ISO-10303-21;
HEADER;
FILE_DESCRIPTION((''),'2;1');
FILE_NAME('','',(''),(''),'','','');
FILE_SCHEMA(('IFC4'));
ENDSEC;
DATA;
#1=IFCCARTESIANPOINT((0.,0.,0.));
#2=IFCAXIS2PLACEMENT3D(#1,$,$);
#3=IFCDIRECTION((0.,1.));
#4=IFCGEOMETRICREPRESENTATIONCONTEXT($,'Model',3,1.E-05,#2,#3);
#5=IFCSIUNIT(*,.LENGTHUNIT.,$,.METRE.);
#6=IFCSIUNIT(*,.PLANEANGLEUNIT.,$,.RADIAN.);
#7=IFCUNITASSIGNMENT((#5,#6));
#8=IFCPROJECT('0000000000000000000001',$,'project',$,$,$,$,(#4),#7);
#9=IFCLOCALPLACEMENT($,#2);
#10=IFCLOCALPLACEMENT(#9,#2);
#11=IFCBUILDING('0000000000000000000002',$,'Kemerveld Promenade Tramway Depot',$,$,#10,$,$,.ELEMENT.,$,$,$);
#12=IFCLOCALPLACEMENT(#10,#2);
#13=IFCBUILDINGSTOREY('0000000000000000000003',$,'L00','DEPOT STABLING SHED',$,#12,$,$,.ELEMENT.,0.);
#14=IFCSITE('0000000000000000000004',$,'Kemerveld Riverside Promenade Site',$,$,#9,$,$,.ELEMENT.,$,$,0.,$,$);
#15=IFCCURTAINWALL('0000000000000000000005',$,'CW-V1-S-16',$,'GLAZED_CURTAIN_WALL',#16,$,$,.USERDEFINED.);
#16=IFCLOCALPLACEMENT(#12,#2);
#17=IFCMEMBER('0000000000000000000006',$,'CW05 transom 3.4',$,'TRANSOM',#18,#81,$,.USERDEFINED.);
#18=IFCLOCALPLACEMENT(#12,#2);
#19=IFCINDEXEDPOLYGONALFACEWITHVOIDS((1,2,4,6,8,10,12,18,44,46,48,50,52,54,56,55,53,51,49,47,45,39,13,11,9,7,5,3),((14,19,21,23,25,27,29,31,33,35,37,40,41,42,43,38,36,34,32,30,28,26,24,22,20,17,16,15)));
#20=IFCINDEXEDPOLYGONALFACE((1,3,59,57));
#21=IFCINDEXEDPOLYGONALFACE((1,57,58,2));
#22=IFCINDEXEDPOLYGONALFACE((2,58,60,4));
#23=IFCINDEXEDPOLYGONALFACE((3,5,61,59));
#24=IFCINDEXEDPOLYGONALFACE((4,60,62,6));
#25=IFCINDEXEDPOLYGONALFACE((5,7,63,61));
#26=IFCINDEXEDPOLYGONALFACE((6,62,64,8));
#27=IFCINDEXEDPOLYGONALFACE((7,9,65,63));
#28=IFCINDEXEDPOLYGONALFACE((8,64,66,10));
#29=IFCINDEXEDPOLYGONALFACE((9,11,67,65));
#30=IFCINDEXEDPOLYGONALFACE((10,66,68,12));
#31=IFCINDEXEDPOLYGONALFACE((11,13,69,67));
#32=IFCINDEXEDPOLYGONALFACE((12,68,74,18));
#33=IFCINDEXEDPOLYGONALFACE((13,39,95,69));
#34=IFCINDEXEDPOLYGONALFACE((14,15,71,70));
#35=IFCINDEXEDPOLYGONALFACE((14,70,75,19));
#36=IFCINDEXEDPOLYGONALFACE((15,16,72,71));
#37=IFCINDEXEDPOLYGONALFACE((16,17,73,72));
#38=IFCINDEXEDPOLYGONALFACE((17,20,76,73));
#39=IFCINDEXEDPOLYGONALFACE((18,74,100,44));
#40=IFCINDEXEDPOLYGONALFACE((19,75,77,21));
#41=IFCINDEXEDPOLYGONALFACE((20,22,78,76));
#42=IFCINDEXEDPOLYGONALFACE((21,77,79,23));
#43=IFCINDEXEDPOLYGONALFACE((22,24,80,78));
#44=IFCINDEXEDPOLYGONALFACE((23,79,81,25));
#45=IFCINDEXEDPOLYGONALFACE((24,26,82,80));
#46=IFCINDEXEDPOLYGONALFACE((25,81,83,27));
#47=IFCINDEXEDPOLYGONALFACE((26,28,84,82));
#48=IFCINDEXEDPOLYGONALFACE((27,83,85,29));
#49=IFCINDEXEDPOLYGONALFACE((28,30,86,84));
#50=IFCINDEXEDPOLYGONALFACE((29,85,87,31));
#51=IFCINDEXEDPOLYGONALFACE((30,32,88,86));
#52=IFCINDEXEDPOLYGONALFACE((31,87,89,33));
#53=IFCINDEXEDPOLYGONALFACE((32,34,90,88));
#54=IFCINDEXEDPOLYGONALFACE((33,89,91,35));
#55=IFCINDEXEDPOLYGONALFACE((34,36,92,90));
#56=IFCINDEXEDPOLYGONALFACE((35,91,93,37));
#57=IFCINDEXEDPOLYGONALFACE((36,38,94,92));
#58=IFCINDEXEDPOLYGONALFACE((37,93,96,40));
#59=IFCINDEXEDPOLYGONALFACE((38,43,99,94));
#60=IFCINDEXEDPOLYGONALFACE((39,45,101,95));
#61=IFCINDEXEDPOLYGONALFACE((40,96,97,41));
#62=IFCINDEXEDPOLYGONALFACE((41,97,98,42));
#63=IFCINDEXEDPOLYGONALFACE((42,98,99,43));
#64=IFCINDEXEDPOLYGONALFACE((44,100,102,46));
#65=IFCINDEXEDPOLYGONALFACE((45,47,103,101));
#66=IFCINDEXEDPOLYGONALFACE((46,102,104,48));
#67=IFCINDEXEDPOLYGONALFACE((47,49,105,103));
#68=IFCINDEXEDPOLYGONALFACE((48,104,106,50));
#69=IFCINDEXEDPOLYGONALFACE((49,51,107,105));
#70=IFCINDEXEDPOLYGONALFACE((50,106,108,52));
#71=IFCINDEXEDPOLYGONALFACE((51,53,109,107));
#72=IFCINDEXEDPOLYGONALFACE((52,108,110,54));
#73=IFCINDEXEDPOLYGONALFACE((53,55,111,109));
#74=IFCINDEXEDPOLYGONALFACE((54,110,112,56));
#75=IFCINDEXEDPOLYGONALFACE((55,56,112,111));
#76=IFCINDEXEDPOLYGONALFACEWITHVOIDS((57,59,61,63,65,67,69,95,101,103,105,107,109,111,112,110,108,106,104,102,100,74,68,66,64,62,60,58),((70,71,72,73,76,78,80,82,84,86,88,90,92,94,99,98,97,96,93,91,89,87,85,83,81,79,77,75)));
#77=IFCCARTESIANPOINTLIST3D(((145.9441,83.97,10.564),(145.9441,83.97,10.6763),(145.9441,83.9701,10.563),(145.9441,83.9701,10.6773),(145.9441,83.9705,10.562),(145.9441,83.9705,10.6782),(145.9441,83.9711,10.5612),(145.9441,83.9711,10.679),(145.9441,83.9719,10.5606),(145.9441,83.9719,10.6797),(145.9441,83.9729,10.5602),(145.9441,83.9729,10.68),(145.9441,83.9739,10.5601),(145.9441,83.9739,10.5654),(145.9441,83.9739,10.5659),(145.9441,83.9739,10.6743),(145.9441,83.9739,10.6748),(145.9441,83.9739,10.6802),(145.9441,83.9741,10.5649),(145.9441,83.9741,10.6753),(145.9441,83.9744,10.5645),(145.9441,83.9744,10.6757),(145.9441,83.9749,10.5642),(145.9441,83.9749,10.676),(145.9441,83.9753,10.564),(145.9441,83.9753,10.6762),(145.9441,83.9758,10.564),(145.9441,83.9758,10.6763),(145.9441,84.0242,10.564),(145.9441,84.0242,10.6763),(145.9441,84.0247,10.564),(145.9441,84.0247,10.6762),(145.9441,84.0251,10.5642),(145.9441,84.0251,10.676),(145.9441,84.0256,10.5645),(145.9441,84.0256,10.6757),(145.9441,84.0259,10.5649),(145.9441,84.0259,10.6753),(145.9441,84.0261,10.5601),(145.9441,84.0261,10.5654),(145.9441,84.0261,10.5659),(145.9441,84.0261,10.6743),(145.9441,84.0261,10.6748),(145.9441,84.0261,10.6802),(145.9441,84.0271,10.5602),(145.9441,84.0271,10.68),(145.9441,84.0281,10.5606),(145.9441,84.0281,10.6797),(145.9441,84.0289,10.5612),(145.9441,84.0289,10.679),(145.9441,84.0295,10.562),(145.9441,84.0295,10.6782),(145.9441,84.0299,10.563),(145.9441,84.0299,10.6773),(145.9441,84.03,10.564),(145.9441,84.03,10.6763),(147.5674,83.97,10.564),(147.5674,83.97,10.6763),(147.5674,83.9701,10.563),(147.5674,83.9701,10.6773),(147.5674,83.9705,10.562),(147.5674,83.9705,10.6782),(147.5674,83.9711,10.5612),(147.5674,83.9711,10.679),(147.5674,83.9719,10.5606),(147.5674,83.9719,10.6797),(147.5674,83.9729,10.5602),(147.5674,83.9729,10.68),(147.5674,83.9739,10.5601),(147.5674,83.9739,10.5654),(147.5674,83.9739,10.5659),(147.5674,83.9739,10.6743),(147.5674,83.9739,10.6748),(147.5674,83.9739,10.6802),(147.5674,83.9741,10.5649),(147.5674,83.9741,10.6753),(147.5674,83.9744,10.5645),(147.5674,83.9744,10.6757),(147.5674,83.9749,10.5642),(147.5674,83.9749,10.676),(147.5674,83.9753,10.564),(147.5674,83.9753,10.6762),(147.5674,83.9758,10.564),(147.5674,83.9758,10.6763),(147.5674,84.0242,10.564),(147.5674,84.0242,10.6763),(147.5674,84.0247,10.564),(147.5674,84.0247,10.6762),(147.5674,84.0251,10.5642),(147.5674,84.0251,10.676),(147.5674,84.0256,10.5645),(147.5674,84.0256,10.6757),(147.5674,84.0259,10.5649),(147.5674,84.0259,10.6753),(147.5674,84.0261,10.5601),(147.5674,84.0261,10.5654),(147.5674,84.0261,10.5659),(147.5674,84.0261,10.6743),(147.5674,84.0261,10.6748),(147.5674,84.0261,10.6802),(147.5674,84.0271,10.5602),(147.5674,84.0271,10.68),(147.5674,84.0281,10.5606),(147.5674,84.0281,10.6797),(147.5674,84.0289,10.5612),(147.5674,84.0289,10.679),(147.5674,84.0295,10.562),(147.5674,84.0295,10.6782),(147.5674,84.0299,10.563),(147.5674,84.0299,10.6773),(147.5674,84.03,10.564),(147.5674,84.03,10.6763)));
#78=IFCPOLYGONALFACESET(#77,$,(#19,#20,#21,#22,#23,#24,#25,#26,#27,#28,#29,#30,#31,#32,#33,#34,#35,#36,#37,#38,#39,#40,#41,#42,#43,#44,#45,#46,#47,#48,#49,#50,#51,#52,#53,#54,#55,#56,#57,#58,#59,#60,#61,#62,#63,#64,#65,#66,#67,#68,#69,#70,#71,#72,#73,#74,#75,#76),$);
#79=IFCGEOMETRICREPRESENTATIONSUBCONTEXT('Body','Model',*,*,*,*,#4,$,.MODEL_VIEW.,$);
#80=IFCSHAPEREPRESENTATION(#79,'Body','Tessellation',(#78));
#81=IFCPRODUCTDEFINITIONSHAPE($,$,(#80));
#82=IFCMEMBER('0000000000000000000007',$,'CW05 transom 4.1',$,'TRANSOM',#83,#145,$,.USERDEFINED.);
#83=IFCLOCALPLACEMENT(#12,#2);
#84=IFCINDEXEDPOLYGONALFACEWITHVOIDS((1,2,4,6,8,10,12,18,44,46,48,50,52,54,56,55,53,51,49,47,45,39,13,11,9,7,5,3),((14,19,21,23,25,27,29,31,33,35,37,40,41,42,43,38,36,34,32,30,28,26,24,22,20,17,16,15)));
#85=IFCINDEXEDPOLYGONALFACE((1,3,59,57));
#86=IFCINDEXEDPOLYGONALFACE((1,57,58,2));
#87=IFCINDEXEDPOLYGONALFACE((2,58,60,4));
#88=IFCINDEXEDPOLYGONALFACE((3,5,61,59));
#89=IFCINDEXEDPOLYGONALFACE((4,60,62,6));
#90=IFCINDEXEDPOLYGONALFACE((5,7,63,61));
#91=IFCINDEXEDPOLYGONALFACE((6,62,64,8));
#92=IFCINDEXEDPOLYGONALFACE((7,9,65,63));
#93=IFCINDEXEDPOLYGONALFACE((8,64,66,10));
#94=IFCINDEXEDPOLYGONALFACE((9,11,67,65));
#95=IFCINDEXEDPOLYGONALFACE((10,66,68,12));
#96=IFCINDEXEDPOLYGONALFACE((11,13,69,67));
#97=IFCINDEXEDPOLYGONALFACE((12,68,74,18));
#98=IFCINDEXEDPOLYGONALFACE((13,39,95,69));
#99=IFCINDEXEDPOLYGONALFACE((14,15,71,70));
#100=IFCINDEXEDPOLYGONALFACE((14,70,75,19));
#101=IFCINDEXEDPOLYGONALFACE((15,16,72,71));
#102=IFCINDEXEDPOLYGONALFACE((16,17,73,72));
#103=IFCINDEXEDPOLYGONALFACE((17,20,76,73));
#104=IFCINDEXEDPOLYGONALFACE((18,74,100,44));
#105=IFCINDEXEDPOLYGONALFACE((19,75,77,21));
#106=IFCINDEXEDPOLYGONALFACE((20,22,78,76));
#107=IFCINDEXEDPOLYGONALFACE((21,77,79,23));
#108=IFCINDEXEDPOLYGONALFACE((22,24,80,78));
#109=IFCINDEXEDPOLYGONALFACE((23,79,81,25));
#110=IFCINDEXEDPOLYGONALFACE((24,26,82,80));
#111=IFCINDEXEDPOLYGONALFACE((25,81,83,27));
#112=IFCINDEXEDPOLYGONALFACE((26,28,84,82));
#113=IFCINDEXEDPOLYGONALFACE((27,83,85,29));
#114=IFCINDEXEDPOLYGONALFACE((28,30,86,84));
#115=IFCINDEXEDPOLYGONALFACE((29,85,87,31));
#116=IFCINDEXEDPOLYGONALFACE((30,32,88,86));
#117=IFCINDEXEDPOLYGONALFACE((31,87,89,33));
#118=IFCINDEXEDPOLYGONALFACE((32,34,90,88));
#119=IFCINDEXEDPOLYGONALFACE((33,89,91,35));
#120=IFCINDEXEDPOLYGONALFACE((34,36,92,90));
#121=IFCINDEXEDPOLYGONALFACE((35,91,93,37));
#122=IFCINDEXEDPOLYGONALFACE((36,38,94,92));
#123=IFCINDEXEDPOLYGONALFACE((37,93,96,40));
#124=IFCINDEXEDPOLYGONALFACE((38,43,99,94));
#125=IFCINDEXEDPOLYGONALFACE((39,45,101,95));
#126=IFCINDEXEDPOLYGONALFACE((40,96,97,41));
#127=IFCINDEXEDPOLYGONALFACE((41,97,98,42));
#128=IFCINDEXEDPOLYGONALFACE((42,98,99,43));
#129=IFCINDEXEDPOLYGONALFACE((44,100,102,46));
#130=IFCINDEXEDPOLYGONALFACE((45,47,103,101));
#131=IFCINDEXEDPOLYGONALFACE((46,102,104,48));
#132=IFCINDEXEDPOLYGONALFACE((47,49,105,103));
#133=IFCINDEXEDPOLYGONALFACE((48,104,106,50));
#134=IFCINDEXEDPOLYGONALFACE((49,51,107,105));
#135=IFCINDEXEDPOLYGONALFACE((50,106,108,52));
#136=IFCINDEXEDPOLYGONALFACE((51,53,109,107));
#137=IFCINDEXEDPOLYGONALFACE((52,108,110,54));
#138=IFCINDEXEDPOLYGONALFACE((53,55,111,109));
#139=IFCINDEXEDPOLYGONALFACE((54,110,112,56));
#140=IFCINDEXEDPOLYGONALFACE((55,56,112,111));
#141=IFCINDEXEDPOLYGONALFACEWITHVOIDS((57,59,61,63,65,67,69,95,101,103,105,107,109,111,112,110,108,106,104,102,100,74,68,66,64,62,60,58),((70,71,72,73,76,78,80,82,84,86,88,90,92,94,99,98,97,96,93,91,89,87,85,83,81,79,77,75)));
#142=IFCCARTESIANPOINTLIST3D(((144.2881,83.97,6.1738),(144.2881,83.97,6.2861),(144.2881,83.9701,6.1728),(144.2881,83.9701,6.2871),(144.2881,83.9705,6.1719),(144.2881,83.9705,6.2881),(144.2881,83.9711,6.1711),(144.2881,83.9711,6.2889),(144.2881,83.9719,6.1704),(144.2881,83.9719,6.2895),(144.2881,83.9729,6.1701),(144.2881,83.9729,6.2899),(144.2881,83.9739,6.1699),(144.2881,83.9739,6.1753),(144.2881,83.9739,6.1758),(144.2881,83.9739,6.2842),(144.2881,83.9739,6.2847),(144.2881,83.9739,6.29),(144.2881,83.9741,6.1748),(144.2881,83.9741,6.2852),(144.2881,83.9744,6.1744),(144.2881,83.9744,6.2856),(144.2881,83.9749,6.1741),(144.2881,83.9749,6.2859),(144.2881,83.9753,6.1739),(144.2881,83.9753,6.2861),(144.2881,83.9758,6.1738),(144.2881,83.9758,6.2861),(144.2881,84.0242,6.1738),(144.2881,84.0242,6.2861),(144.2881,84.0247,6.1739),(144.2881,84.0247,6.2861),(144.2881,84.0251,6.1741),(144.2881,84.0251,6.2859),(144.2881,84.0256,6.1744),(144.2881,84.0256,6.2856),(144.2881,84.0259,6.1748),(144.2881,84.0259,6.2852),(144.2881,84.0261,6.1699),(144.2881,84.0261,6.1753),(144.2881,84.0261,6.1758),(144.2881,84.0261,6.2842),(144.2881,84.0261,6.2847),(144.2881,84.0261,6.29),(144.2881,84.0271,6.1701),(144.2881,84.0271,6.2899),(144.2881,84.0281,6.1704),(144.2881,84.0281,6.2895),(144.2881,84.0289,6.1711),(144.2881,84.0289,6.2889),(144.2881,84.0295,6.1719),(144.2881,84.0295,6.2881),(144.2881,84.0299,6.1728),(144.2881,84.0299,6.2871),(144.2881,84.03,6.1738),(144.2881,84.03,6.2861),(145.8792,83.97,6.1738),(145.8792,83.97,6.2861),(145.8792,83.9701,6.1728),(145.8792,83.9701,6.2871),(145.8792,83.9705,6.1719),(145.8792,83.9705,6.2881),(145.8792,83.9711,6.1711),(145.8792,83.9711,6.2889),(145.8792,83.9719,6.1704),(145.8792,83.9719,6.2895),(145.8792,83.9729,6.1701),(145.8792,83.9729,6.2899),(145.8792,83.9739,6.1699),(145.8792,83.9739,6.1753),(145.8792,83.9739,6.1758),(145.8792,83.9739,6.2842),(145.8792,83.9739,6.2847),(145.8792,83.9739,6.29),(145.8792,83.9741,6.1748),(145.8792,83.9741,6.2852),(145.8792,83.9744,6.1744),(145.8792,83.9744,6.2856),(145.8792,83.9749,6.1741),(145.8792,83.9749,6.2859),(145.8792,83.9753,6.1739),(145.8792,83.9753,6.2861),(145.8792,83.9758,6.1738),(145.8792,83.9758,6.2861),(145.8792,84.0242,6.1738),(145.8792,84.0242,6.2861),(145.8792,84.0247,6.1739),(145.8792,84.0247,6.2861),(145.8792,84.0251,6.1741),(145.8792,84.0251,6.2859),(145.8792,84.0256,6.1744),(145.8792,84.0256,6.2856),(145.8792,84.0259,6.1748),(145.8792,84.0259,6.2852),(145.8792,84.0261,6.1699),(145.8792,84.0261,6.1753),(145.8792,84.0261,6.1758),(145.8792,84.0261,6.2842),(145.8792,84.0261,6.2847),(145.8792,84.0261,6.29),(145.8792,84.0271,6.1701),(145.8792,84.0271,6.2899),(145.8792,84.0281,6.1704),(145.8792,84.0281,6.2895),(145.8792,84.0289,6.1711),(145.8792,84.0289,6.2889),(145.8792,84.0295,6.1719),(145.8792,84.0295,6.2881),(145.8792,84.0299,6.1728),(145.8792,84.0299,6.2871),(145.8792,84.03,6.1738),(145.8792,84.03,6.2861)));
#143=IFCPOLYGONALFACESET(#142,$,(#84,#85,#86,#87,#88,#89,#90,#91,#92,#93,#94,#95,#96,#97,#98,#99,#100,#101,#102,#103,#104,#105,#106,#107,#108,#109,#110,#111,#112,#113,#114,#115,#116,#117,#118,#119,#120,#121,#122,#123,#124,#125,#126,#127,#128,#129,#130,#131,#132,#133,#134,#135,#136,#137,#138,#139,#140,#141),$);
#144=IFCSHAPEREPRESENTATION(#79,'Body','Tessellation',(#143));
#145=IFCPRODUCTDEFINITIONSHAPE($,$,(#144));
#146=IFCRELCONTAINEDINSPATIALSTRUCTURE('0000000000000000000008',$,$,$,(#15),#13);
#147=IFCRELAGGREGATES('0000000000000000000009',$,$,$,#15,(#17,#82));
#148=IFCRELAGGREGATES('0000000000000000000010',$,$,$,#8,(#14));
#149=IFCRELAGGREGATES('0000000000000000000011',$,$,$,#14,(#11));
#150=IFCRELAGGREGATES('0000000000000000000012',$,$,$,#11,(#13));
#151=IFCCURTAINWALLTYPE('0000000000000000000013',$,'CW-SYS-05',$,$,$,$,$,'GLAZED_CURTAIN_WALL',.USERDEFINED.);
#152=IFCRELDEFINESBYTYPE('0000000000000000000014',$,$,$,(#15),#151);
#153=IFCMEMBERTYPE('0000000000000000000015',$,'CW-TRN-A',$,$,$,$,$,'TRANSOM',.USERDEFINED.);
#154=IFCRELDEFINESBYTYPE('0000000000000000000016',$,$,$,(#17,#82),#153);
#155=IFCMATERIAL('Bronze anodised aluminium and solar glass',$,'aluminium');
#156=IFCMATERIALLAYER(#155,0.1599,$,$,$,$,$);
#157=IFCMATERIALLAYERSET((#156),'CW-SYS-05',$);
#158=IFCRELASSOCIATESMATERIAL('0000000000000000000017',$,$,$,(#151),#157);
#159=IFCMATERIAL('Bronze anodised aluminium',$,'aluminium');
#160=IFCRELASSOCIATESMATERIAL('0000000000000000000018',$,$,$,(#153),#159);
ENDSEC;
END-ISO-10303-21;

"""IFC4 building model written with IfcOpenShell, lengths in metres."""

from ifc_helpers import new_model, si_unit, direction, frame, origin, origin_2d, place, context, subcontext, project, spatial, hollow_rectangle, extrude, material, layer, layer_set, material_profile, profile_set, type_object, element, aggregate, save


model = new_model("IFC4")

# Units and contexts
model_context = context("Model", 3, precision=1e-05, world=origin(), true_north=direction((0.0, 1.0)))
body_context = subcontext(model_context, "Body", "Model", "MODEL_VIEW")
ifc_project = project(units=[si_unit("LENGTHUNIT", "METRE"), si_unit("PLANEANGLEUNIT", "RADIAN")], contexts=[model_context])

# Site, building, storey
site_placement = place(None, origin())
site = spatial("IfcSite", under=ifc_project, at=site_placement, Name="Kemerveld Riverside Promenade Site", CompositionType="ELEMENT", RefElevation=0.0)
building_placement = place(site_placement, origin())
building = spatial("IfcBuilding", under=site, at=building_placement, Name="Kemerveld Promenade Tramway Depot", CompositionType="ELEMENT")
storey_placement = place(building_placement, origin())
storey = spatial("IfcBuildingStorey", under=building, at=storey_placement, Name="L00", Description="DEPOT STABLING SHED", CompositionType="ELEMENT", Elevation=0.0)

# Curtain wall, members
ifc_material_1 = material(Name="Bronze anodised aluminium and solar glass", Category="aluminium")
ifc_layer_1 = layer(ifc_material_1, 0.1599)
ifc_layer_set_1 = layer_set([ifc_layer_1], Name="CW-SYS-05")
curtain_wall_type = type_object("IfcCurtainWallType", Name="CW-SYS-05", ElementType="GLAZED_CURTAIN_WALL", PredefinedType="USERDEFINED", material=ifc_layer_set_1)
curtain_wall_placement = place(storey_placement, origin())
curtain_wall = element("IfcCurtainWall", 1, at=curtain_wall_placement, inside=storey, type_object=curtain_wall_type, Name="CW-V1-S-16", ObjectType="GLAZED_CURTAIN_WALL", PredefinedType="USERDEFINED")
ifc_material_2 = material(Name="Bronze anodised aluminium", Category="aluminium")
ifc_material_profile_1 = material_profile(ifc_material_2, hollow_rectangle(XDim=0.0601, YDim=0.1201, WallThickness=0.0039, InnerFilletRadius=0.002, OuterFilletRadius=0.0039, at=origin_2d()), Name="CW-TRN-120x60")
ifc_profile_set_1 = profile_set([ifc_material_profile_1], Name="Bronze anodised aluminium")
member_type_1 = type_object("IfcMemberType", Name="CW-TRN-A", ElementType="TRANSOM", PredefinedType="USERDEFINED", material=ifc_profile_set_1)
member_1_placement = place(storey_placement, frame((147.5674, 84.0, 10.6201), z_axis=(-1.0, 0.0, 0.0), x_axis=(0.0, -1.0, 0.0)))
member_1 = element("IfcMember", 2, at=member_1_placement, type_object=member_type_1, Name="CW05 transom 3.4", ObjectType="TRANSOM", PredefinedType="USERDEFINED", context=body_context, shape_type="SweptSolid", body=[
    extrude(hollow_rectangle(XDim=0.0601, YDim=0.1201, WallThickness=0.0039, InnerFilletRadius=0.002, OuterFilletRadius=0.0039, at=origin_2d()), origin(), (0.0, 0.0, 1.0), 1.6233),
])
member_2_placement = place(storey_placement, frame((145.8792, 84.0, 6.23), z_axis=(-1.0, 0.0, 0.0), x_axis=(0.0, -1.0, 0.0)))
member_2 = element("IfcMember", 3, at=member_2_placement, type_object=member_type_1, Name="CW05 transom 4.1", ObjectType="TRANSOM", PredefinedType="USERDEFINED", context=body_context, shape_type="SweptSolid", body=[
    extrude(hollow_rectangle(XDim=0.0601, YDim=0.1201, WallThickness=0.0039, InnerFilletRadius=0.002, OuterFilletRadius=0.0039, at=origin_2d()), origin(), (0.0, 0.0, 1.0), 1.5911),
])

aggregate(curtain_wall, [member_1, member_2])

save(model, "model.ifc")
